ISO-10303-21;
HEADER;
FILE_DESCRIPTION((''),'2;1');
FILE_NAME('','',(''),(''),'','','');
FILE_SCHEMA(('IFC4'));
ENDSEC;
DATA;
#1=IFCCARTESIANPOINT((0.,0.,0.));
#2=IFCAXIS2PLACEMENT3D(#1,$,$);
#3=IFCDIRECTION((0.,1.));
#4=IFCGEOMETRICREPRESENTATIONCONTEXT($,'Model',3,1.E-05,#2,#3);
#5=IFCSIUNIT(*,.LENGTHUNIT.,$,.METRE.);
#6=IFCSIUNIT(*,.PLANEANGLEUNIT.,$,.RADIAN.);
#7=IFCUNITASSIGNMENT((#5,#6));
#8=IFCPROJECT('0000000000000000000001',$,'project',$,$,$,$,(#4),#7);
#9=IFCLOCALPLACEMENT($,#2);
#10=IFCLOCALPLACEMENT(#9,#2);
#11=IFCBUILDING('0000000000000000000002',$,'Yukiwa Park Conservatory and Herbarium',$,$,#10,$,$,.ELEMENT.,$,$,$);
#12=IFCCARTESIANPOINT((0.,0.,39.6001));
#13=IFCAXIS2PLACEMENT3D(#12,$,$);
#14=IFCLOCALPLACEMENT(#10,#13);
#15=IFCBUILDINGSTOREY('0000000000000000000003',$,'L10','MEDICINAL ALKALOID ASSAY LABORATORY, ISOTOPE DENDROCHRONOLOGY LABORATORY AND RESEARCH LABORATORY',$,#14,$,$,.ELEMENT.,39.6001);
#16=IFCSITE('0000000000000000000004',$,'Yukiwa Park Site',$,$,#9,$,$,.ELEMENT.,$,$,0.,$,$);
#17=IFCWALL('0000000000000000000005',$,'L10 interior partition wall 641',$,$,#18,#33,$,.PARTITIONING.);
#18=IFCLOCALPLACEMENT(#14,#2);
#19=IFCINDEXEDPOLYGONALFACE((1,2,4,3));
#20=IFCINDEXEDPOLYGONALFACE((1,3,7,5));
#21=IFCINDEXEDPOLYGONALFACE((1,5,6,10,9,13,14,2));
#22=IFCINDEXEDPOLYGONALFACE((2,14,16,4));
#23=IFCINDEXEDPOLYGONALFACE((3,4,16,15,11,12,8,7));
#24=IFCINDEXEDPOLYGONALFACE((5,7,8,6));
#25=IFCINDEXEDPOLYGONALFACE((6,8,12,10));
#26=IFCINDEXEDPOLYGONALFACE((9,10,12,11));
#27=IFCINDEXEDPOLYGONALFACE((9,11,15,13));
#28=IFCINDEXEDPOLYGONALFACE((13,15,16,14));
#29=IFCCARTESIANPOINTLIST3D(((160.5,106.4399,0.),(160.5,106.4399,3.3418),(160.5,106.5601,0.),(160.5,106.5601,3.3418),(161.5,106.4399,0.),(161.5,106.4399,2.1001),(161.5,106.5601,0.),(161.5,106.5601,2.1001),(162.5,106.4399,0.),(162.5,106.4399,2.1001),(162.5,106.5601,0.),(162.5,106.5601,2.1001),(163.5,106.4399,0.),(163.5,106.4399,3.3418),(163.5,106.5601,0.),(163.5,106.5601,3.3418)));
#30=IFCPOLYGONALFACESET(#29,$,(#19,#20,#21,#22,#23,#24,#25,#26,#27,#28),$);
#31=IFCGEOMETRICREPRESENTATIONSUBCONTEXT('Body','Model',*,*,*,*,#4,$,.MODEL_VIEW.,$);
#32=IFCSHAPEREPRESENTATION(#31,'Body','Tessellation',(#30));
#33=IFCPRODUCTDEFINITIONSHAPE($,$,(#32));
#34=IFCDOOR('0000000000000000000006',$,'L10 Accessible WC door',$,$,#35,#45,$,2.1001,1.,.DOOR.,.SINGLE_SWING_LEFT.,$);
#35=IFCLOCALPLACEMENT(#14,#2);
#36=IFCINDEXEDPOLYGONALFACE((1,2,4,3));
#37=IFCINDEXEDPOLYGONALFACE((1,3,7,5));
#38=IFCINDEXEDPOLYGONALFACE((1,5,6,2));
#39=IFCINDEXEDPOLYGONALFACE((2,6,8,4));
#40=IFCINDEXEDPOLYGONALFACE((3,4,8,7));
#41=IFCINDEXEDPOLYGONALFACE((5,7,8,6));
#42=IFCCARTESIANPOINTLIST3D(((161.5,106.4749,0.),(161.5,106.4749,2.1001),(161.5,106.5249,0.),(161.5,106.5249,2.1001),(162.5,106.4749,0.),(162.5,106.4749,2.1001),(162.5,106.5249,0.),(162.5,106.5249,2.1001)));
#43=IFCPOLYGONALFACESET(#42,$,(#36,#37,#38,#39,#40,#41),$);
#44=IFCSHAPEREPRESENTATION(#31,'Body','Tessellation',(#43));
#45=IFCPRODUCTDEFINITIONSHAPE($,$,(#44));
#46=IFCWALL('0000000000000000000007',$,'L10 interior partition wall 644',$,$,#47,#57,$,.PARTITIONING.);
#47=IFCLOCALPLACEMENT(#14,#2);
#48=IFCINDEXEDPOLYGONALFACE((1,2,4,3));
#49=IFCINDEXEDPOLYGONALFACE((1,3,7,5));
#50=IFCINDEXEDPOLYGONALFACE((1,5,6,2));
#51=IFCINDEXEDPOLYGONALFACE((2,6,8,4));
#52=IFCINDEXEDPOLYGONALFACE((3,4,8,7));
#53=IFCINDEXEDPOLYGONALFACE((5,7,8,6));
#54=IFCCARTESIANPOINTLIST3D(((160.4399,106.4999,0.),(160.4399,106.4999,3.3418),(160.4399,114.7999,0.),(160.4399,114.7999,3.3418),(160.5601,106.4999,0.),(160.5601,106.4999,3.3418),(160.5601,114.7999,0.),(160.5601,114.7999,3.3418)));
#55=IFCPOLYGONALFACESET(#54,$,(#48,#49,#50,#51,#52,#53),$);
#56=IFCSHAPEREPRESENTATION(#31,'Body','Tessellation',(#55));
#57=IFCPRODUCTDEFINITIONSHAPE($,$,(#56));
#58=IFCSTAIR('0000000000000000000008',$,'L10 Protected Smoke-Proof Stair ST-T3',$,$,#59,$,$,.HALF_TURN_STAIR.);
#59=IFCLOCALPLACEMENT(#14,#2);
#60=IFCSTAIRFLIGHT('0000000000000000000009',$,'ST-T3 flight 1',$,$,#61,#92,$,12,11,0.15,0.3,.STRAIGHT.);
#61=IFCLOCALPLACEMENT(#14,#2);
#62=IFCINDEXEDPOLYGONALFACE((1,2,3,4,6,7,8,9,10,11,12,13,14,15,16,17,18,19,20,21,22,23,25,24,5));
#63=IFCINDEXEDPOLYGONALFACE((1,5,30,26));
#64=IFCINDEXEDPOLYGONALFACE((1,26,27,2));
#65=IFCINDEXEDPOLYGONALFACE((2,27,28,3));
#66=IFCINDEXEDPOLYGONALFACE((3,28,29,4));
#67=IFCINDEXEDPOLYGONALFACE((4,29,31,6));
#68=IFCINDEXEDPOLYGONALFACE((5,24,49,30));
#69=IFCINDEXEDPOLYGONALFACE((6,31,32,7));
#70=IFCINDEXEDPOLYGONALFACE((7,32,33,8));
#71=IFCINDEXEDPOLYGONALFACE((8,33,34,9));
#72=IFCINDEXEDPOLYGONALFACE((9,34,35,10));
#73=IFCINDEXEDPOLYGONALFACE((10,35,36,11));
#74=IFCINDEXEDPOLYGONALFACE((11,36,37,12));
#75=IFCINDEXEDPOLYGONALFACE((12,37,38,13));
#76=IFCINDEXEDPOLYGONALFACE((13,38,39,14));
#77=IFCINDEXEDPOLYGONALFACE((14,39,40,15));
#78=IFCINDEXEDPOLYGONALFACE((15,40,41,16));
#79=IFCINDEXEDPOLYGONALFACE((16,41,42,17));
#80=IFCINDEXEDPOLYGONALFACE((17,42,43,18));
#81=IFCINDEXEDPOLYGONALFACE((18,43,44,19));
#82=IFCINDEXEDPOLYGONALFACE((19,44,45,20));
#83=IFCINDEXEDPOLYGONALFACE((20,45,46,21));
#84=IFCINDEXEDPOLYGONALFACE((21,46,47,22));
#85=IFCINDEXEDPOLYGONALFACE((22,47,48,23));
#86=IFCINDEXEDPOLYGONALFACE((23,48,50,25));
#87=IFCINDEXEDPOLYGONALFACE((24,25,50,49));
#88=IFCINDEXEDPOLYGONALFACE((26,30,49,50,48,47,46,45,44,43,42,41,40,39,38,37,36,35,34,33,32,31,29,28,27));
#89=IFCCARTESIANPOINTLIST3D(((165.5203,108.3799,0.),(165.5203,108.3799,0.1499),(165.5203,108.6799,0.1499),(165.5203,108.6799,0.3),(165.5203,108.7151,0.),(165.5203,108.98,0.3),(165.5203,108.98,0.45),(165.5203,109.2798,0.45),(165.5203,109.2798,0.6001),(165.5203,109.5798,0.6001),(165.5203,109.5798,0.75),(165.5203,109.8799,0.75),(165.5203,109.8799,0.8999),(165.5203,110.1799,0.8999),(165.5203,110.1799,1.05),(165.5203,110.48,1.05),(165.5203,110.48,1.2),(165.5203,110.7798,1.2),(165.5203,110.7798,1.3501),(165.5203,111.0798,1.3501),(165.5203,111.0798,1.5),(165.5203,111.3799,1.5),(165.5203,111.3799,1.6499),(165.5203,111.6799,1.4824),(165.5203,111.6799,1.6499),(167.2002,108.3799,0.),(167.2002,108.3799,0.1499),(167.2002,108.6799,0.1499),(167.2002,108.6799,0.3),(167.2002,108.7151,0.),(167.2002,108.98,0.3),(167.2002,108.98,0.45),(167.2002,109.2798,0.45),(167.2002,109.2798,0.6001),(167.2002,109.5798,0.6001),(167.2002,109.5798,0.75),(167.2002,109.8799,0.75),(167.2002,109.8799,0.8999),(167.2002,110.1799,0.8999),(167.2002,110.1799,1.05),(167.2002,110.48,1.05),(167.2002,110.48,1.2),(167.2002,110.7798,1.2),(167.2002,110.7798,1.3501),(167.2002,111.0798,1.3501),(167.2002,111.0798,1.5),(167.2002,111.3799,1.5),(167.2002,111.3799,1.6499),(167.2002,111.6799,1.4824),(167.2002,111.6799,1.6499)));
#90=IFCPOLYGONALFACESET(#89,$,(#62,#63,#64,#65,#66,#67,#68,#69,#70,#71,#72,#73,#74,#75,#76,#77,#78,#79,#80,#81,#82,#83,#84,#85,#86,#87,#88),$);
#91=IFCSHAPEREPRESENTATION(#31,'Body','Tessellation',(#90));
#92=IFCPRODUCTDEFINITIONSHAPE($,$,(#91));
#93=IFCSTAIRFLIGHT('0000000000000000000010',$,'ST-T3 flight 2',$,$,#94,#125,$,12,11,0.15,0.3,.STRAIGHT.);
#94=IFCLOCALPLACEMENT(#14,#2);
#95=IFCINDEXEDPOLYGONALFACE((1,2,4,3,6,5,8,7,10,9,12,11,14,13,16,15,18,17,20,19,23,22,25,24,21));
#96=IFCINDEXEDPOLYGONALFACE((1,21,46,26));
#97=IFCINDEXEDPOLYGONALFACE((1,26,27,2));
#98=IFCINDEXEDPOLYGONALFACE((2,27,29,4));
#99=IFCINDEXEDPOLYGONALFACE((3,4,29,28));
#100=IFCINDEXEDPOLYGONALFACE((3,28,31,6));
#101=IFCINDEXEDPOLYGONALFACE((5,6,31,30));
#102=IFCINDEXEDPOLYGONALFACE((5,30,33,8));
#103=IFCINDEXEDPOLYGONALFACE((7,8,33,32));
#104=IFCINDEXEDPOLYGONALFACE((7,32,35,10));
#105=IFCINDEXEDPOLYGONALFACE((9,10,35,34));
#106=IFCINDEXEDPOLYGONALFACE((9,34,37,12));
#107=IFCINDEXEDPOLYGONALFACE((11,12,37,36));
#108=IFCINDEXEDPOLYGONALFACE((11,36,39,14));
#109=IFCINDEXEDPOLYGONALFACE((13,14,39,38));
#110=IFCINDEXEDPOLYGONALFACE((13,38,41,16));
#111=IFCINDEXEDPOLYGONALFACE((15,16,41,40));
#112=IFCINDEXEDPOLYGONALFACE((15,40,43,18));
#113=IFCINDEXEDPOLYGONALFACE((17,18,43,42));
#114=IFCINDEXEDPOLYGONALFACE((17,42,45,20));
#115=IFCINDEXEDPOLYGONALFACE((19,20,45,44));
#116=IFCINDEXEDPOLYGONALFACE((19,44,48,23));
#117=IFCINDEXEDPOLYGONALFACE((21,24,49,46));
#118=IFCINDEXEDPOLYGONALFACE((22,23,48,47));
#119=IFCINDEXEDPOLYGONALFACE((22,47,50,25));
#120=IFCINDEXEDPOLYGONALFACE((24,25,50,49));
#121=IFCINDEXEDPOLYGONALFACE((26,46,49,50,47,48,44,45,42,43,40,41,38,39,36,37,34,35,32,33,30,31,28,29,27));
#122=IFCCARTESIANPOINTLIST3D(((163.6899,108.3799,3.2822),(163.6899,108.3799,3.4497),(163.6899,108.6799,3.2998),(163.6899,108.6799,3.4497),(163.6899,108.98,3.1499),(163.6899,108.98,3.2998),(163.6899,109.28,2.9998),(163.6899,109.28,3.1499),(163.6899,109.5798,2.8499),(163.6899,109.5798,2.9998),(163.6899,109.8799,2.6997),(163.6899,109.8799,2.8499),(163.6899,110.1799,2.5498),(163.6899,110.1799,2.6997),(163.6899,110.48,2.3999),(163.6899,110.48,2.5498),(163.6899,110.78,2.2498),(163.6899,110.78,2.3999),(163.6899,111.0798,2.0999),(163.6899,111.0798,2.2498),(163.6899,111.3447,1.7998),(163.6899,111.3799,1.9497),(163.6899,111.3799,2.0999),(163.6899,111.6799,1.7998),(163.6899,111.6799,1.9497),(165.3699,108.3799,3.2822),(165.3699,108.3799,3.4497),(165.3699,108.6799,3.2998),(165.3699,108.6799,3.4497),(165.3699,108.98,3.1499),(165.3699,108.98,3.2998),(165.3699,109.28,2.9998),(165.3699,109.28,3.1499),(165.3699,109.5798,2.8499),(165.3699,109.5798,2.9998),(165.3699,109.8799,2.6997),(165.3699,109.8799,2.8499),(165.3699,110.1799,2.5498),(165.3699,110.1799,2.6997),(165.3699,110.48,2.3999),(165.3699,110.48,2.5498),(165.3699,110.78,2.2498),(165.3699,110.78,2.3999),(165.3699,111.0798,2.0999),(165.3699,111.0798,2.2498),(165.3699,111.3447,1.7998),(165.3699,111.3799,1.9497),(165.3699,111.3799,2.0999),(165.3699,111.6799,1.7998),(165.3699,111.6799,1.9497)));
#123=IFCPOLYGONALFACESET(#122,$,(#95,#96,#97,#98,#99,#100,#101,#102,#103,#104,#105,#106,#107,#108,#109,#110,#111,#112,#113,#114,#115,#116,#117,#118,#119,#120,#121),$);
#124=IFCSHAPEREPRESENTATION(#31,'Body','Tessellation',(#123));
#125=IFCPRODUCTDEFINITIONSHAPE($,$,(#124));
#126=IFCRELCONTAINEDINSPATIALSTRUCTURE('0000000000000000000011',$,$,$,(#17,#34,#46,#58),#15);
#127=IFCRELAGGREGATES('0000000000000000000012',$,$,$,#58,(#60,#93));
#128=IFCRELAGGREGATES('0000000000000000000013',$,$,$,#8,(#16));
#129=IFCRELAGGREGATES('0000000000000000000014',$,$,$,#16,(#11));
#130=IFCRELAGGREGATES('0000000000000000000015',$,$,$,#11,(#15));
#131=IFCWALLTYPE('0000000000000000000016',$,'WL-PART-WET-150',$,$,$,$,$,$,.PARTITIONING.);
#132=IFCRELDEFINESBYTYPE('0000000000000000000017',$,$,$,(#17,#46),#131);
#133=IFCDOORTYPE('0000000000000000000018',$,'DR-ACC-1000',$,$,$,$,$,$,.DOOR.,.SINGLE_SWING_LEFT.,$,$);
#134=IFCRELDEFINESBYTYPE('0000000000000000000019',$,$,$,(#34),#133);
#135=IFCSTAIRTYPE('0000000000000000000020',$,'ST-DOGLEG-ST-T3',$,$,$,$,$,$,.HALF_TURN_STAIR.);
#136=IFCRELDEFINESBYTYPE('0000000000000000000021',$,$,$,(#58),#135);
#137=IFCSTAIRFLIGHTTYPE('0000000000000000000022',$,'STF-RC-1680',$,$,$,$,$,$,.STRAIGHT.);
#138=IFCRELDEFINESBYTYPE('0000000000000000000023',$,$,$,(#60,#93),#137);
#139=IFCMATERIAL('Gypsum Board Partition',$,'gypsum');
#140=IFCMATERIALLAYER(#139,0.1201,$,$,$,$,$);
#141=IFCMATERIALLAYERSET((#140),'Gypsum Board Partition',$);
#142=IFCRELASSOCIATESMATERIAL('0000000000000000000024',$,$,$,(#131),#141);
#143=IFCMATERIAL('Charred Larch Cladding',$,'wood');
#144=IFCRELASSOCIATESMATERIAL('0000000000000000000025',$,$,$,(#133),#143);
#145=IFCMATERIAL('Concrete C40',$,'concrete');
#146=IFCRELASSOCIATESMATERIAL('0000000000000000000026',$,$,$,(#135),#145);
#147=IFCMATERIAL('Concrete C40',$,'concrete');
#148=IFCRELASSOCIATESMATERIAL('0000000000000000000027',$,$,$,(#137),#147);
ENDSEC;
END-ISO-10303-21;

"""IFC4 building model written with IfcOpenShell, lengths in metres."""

from ifc_helpers import new_model, si_unit, direction, frame, frame_2d, origin, place, context, subcontext, project, spatial, polyline, rectangle, outline, extrude, material, layer, layer_set, type_object, element, fill, aggregate, save


model = new_model("IFC4")

# Units and contexts
model_context = context("Model", 3, precision=1e-05, world=origin(), true_north=direction((0.0, 1.0)))
body_context = subcontext(model_context, "Body", "Model", "MODEL_VIEW")
ifc_project = project(units=[si_unit("LENGTHUNIT", "METRE"), si_unit("PLANEANGLEUNIT", "RADIAN")], contexts=[model_context])

# Site, building, storey
site_placement = place(None, origin())
site = spatial("IfcSite", under=ifc_project, at=site_placement, Name="Yukiwa Park Site", CompositionType="ELEMENT", RefElevation=0.0)
building_placement = place(site_placement, origin())
building = spatial("IfcBuilding", under=site, at=building_placement, Name="Yukiwa Park Conservatory and Herbarium", CompositionType="ELEMENT")
storey_placement = place(building_placement, frame((0.0, 0.0, 39.6001)))
storey = spatial("IfcBuildingStorey", under=building, at=storey_placement, Name="L10", Description="MEDICINAL ALKALOID ASSAY LABORATORY, ISOTOPE DENDROCHRONOLOGY LABORATORY AND RESEARCH LABORATORY", CompositionType="ELEMENT", Elevation=39.6001)

# Wall, opening, door
ifc_material_1 = material(Name="Gypsum Board Partition", Category="gypsum")
ifc_layer_1 = layer(ifc_material_1, 0.1201)
ifc_layer_set_1 = layer_set([ifc_layer_1], Name="Gypsum Board Partition")
wall_type_1 = type_object("IfcWallType", Name="WL-PART-WET-150", PredefinedType="PARTITIONING", material=ifc_layer_set_1)
wall_1_placement = place(storey_placement, frame((160.5, 106.5, 0.0), z_axis=(0.0, 0.0, 1.0), x_axis=(1.0, 0.0, 0.0)))
wall_1 = element("IfcWall", 1, at=wall_1_placement, inside=storey, type_object=wall_type_1, Name="L10 interior partition wall 641", PredefinedType="PARTITIONING", context=body_context, shape_type="SweptSolid", body=[
    extrude(rectangle(XDim=3.0, YDim=0.1201, at=frame_2d((1.5, 0.0))), origin(), (0.0, 0.0, 1.0), 3.3418),
])
opening_1_placement = place(wall_1_placement, frame((1.0, 0.0, 0.0)))
opening_1 = element("IfcOpeningElement", 2, at=opening_1_placement, cuts=wall_1, PredefinedType="OPENING", context=body_context, shape_type="SweptSolid", body=[
    extrude(rectangle(XDim=1.0, YDim=2.1001, at=frame_2d((0.5, 1.05))), frame((0.0, 0.0701, 0.0), z_axis=(0.0, -1.0, 0.0), x_axis=(1.0, 0.0, 0.0)), (0.0, 0.0, 1.0), 0.1401),
])
ifc_material_2 = material(Name="Charred Larch Cladding", Category="wood")
door_type_1 = type_object("IfcDoorType", Name="DR-ACC-1000", OperationType="SINGLE_SWING_LEFT", PredefinedType="DOOR", material=ifc_material_2)
door_1_placement = place(opening_1_placement, origin())
door_1 = element("IfcDoor", 3, at=door_1_placement, inside=storey, type_object=door_type_1, Name="L10 Accessible WC door", OperationType="SINGLE_SWING_LEFT", OverallHeight=2.1001, OverallWidth=1.0, PredefinedType="DOOR", context=body_context, shape_type="SweptSolid", body=[
    extrude(rectangle(XDim=1.0, YDim=2.1001, at=frame_2d((0.5, 1.05))), frame((0.0, 0.0249, 0.0), z_axis=(0.0, -1.0, 0.0), x_axis=(1.0, 0.0, 0.0)), (0.0, 0.0, 1.0), 0.05),
])
fill(opening_1, door_1)

# Wall
wall_2_placement = place(storey_placement, frame((160.5, 106.5, 0.0), z_axis=(0.0, 0.0, 1.0), x_axis=(0.0, 1.0, 0.0)))
element("IfcWall", 4, at=wall_2_placement, inside=storey, type_object=wall_type_1, Name="L10 interior partition wall 644", PredefinedType="PARTITIONING", context=body_context, shape_type="SweptSolid", body=[
    extrude(rectangle(XDim=8.3, YDim=0.1201, at=frame_2d((4.1499, 0.0))), origin(), (0.0, 0.0, 1.0), 3.3418),
])

# Stair, stair flights
ifc_material_3 = material(Name="Concrete C40", Category="concrete")
stair_type = type_object("IfcStairType", Name="ST-DOGLEG-ST-T3", PredefinedType="HALF_TURN_STAIR", material=ifc_material_3)
stair_placement = place(storey_placement, origin())
stair = element("IfcStair", 5, at=stair_placement, inside=storey, type_object=stair_type, Name="L10 Protected Smoke-Proof Stair ST-T3", PredefinedType="HALF_TURN_STAIR")
ifc_material_4 = material(Name="Concrete C40", Category="concrete")
stair_flight_type = type_object("IfcStairFlightType", Name="STF-RC-1680", PredefinedType="STRAIGHT", material=ifc_material_4)
stair_flight_1_placement = place(storey_placement, frame((166.3601, 108.3799, 0.0), z_axis=(0.0, 0.0, 1.0), x_axis=(0.0, 1.0, 0.0)))
stair_flight_1 = element("IfcStairFlight", 6, at=stair_flight_1_placement, type_object=stair_flight_type, Name="ST-T3 flight 1", NumberOfRisers=12, NumberOfTreads=11, PredefinedType="STRAIGHT", RiserHeight=0.15, TreadLength=0.3, context=body_context, shape_type="SweptSolid", body=[
    extrude(outline(polyline([(0.0, 0.0), (0.0, 0.1499), (0.3, 0.1499), (0.3, 0.3), (0.6001, 0.3), (0.6001, 0.45), (0.8999, 0.45), (0.8999, 0.6001), (1.2, 0.6001), (1.2, 0.75), (1.5, 0.75), (1.5, 0.8999), (1.8, 0.8999), (1.8, 1.05), (2.1001, 1.05), (2.1001, 1.2), (2.3999, 1.2), (2.3999, 1.3501), (2.7, 1.3501), (2.7, 1.5), (3.0, 1.5), (3.0, 1.6499), (3.3, 1.6499), (3.3, 1.8), (3.3, 1.4824), (0.3352, 0.0), (0.0, 0.0)])), frame((0.0, 0.8398, 0.0), z_axis=(0.0, -1.0, 0.0), x_axis=(1.0, 0.0, 0.0)), (0.0, 0.0, 1.0), 1.6799),
])
stair_flight_2_placement = place(storey_placement, frame((164.53, 111.6799, 1.7998), z_axis=(0.0, 0.0, 1.0), x_axis=(0.0, -1.0, 0.0)))
stair_flight_2 = element("IfcStairFlight", 7, at=stair_flight_2_placement, type_object=stair_flight_type, Name="ST-T3 flight 2", NumberOfRisers=12, NumberOfTreads=11, PredefinedType="STRAIGHT", RiserHeight=0.15, TreadLength=0.3, context=body_context, shape_type="SweptSolid", body=[
    extrude(outline(polyline([(0.0, 0.0), (0.0, 0.1499), (0.3, 0.1499), (0.3, 0.3), (0.6001, 0.3), (0.6001, 0.45), (0.8999, 0.45), (0.8999, 0.6001), (1.2, 0.6001), (1.2, 0.75), (1.5, 0.75), (1.5, 0.8999), (1.8, 0.8999), (1.8, 1.05), (2.1001, 1.05), (2.1001, 1.2), (2.3999, 1.2), (2.3999, 1.3501), (2.7, 1.3501), (2.7, 1.5), (3.0, 1.5), (3.0, 1.6499), (3.3, 1.6499), (3.3, 1.8), (3.3, 1.4824), (0.3352, 0.0), (0.0, 0.0)])), frame((0.0, 0.8398, 0.0), z_axis=(0.0, -1.0, 0.0), x_axis=(1.0, 0.0, 0.0)), (0.0, 0.0, 1.0), 1.6799),
])
aggregate(stair, [stair_flight_1, stair_flight_2])

save(model, "model.ifc")
